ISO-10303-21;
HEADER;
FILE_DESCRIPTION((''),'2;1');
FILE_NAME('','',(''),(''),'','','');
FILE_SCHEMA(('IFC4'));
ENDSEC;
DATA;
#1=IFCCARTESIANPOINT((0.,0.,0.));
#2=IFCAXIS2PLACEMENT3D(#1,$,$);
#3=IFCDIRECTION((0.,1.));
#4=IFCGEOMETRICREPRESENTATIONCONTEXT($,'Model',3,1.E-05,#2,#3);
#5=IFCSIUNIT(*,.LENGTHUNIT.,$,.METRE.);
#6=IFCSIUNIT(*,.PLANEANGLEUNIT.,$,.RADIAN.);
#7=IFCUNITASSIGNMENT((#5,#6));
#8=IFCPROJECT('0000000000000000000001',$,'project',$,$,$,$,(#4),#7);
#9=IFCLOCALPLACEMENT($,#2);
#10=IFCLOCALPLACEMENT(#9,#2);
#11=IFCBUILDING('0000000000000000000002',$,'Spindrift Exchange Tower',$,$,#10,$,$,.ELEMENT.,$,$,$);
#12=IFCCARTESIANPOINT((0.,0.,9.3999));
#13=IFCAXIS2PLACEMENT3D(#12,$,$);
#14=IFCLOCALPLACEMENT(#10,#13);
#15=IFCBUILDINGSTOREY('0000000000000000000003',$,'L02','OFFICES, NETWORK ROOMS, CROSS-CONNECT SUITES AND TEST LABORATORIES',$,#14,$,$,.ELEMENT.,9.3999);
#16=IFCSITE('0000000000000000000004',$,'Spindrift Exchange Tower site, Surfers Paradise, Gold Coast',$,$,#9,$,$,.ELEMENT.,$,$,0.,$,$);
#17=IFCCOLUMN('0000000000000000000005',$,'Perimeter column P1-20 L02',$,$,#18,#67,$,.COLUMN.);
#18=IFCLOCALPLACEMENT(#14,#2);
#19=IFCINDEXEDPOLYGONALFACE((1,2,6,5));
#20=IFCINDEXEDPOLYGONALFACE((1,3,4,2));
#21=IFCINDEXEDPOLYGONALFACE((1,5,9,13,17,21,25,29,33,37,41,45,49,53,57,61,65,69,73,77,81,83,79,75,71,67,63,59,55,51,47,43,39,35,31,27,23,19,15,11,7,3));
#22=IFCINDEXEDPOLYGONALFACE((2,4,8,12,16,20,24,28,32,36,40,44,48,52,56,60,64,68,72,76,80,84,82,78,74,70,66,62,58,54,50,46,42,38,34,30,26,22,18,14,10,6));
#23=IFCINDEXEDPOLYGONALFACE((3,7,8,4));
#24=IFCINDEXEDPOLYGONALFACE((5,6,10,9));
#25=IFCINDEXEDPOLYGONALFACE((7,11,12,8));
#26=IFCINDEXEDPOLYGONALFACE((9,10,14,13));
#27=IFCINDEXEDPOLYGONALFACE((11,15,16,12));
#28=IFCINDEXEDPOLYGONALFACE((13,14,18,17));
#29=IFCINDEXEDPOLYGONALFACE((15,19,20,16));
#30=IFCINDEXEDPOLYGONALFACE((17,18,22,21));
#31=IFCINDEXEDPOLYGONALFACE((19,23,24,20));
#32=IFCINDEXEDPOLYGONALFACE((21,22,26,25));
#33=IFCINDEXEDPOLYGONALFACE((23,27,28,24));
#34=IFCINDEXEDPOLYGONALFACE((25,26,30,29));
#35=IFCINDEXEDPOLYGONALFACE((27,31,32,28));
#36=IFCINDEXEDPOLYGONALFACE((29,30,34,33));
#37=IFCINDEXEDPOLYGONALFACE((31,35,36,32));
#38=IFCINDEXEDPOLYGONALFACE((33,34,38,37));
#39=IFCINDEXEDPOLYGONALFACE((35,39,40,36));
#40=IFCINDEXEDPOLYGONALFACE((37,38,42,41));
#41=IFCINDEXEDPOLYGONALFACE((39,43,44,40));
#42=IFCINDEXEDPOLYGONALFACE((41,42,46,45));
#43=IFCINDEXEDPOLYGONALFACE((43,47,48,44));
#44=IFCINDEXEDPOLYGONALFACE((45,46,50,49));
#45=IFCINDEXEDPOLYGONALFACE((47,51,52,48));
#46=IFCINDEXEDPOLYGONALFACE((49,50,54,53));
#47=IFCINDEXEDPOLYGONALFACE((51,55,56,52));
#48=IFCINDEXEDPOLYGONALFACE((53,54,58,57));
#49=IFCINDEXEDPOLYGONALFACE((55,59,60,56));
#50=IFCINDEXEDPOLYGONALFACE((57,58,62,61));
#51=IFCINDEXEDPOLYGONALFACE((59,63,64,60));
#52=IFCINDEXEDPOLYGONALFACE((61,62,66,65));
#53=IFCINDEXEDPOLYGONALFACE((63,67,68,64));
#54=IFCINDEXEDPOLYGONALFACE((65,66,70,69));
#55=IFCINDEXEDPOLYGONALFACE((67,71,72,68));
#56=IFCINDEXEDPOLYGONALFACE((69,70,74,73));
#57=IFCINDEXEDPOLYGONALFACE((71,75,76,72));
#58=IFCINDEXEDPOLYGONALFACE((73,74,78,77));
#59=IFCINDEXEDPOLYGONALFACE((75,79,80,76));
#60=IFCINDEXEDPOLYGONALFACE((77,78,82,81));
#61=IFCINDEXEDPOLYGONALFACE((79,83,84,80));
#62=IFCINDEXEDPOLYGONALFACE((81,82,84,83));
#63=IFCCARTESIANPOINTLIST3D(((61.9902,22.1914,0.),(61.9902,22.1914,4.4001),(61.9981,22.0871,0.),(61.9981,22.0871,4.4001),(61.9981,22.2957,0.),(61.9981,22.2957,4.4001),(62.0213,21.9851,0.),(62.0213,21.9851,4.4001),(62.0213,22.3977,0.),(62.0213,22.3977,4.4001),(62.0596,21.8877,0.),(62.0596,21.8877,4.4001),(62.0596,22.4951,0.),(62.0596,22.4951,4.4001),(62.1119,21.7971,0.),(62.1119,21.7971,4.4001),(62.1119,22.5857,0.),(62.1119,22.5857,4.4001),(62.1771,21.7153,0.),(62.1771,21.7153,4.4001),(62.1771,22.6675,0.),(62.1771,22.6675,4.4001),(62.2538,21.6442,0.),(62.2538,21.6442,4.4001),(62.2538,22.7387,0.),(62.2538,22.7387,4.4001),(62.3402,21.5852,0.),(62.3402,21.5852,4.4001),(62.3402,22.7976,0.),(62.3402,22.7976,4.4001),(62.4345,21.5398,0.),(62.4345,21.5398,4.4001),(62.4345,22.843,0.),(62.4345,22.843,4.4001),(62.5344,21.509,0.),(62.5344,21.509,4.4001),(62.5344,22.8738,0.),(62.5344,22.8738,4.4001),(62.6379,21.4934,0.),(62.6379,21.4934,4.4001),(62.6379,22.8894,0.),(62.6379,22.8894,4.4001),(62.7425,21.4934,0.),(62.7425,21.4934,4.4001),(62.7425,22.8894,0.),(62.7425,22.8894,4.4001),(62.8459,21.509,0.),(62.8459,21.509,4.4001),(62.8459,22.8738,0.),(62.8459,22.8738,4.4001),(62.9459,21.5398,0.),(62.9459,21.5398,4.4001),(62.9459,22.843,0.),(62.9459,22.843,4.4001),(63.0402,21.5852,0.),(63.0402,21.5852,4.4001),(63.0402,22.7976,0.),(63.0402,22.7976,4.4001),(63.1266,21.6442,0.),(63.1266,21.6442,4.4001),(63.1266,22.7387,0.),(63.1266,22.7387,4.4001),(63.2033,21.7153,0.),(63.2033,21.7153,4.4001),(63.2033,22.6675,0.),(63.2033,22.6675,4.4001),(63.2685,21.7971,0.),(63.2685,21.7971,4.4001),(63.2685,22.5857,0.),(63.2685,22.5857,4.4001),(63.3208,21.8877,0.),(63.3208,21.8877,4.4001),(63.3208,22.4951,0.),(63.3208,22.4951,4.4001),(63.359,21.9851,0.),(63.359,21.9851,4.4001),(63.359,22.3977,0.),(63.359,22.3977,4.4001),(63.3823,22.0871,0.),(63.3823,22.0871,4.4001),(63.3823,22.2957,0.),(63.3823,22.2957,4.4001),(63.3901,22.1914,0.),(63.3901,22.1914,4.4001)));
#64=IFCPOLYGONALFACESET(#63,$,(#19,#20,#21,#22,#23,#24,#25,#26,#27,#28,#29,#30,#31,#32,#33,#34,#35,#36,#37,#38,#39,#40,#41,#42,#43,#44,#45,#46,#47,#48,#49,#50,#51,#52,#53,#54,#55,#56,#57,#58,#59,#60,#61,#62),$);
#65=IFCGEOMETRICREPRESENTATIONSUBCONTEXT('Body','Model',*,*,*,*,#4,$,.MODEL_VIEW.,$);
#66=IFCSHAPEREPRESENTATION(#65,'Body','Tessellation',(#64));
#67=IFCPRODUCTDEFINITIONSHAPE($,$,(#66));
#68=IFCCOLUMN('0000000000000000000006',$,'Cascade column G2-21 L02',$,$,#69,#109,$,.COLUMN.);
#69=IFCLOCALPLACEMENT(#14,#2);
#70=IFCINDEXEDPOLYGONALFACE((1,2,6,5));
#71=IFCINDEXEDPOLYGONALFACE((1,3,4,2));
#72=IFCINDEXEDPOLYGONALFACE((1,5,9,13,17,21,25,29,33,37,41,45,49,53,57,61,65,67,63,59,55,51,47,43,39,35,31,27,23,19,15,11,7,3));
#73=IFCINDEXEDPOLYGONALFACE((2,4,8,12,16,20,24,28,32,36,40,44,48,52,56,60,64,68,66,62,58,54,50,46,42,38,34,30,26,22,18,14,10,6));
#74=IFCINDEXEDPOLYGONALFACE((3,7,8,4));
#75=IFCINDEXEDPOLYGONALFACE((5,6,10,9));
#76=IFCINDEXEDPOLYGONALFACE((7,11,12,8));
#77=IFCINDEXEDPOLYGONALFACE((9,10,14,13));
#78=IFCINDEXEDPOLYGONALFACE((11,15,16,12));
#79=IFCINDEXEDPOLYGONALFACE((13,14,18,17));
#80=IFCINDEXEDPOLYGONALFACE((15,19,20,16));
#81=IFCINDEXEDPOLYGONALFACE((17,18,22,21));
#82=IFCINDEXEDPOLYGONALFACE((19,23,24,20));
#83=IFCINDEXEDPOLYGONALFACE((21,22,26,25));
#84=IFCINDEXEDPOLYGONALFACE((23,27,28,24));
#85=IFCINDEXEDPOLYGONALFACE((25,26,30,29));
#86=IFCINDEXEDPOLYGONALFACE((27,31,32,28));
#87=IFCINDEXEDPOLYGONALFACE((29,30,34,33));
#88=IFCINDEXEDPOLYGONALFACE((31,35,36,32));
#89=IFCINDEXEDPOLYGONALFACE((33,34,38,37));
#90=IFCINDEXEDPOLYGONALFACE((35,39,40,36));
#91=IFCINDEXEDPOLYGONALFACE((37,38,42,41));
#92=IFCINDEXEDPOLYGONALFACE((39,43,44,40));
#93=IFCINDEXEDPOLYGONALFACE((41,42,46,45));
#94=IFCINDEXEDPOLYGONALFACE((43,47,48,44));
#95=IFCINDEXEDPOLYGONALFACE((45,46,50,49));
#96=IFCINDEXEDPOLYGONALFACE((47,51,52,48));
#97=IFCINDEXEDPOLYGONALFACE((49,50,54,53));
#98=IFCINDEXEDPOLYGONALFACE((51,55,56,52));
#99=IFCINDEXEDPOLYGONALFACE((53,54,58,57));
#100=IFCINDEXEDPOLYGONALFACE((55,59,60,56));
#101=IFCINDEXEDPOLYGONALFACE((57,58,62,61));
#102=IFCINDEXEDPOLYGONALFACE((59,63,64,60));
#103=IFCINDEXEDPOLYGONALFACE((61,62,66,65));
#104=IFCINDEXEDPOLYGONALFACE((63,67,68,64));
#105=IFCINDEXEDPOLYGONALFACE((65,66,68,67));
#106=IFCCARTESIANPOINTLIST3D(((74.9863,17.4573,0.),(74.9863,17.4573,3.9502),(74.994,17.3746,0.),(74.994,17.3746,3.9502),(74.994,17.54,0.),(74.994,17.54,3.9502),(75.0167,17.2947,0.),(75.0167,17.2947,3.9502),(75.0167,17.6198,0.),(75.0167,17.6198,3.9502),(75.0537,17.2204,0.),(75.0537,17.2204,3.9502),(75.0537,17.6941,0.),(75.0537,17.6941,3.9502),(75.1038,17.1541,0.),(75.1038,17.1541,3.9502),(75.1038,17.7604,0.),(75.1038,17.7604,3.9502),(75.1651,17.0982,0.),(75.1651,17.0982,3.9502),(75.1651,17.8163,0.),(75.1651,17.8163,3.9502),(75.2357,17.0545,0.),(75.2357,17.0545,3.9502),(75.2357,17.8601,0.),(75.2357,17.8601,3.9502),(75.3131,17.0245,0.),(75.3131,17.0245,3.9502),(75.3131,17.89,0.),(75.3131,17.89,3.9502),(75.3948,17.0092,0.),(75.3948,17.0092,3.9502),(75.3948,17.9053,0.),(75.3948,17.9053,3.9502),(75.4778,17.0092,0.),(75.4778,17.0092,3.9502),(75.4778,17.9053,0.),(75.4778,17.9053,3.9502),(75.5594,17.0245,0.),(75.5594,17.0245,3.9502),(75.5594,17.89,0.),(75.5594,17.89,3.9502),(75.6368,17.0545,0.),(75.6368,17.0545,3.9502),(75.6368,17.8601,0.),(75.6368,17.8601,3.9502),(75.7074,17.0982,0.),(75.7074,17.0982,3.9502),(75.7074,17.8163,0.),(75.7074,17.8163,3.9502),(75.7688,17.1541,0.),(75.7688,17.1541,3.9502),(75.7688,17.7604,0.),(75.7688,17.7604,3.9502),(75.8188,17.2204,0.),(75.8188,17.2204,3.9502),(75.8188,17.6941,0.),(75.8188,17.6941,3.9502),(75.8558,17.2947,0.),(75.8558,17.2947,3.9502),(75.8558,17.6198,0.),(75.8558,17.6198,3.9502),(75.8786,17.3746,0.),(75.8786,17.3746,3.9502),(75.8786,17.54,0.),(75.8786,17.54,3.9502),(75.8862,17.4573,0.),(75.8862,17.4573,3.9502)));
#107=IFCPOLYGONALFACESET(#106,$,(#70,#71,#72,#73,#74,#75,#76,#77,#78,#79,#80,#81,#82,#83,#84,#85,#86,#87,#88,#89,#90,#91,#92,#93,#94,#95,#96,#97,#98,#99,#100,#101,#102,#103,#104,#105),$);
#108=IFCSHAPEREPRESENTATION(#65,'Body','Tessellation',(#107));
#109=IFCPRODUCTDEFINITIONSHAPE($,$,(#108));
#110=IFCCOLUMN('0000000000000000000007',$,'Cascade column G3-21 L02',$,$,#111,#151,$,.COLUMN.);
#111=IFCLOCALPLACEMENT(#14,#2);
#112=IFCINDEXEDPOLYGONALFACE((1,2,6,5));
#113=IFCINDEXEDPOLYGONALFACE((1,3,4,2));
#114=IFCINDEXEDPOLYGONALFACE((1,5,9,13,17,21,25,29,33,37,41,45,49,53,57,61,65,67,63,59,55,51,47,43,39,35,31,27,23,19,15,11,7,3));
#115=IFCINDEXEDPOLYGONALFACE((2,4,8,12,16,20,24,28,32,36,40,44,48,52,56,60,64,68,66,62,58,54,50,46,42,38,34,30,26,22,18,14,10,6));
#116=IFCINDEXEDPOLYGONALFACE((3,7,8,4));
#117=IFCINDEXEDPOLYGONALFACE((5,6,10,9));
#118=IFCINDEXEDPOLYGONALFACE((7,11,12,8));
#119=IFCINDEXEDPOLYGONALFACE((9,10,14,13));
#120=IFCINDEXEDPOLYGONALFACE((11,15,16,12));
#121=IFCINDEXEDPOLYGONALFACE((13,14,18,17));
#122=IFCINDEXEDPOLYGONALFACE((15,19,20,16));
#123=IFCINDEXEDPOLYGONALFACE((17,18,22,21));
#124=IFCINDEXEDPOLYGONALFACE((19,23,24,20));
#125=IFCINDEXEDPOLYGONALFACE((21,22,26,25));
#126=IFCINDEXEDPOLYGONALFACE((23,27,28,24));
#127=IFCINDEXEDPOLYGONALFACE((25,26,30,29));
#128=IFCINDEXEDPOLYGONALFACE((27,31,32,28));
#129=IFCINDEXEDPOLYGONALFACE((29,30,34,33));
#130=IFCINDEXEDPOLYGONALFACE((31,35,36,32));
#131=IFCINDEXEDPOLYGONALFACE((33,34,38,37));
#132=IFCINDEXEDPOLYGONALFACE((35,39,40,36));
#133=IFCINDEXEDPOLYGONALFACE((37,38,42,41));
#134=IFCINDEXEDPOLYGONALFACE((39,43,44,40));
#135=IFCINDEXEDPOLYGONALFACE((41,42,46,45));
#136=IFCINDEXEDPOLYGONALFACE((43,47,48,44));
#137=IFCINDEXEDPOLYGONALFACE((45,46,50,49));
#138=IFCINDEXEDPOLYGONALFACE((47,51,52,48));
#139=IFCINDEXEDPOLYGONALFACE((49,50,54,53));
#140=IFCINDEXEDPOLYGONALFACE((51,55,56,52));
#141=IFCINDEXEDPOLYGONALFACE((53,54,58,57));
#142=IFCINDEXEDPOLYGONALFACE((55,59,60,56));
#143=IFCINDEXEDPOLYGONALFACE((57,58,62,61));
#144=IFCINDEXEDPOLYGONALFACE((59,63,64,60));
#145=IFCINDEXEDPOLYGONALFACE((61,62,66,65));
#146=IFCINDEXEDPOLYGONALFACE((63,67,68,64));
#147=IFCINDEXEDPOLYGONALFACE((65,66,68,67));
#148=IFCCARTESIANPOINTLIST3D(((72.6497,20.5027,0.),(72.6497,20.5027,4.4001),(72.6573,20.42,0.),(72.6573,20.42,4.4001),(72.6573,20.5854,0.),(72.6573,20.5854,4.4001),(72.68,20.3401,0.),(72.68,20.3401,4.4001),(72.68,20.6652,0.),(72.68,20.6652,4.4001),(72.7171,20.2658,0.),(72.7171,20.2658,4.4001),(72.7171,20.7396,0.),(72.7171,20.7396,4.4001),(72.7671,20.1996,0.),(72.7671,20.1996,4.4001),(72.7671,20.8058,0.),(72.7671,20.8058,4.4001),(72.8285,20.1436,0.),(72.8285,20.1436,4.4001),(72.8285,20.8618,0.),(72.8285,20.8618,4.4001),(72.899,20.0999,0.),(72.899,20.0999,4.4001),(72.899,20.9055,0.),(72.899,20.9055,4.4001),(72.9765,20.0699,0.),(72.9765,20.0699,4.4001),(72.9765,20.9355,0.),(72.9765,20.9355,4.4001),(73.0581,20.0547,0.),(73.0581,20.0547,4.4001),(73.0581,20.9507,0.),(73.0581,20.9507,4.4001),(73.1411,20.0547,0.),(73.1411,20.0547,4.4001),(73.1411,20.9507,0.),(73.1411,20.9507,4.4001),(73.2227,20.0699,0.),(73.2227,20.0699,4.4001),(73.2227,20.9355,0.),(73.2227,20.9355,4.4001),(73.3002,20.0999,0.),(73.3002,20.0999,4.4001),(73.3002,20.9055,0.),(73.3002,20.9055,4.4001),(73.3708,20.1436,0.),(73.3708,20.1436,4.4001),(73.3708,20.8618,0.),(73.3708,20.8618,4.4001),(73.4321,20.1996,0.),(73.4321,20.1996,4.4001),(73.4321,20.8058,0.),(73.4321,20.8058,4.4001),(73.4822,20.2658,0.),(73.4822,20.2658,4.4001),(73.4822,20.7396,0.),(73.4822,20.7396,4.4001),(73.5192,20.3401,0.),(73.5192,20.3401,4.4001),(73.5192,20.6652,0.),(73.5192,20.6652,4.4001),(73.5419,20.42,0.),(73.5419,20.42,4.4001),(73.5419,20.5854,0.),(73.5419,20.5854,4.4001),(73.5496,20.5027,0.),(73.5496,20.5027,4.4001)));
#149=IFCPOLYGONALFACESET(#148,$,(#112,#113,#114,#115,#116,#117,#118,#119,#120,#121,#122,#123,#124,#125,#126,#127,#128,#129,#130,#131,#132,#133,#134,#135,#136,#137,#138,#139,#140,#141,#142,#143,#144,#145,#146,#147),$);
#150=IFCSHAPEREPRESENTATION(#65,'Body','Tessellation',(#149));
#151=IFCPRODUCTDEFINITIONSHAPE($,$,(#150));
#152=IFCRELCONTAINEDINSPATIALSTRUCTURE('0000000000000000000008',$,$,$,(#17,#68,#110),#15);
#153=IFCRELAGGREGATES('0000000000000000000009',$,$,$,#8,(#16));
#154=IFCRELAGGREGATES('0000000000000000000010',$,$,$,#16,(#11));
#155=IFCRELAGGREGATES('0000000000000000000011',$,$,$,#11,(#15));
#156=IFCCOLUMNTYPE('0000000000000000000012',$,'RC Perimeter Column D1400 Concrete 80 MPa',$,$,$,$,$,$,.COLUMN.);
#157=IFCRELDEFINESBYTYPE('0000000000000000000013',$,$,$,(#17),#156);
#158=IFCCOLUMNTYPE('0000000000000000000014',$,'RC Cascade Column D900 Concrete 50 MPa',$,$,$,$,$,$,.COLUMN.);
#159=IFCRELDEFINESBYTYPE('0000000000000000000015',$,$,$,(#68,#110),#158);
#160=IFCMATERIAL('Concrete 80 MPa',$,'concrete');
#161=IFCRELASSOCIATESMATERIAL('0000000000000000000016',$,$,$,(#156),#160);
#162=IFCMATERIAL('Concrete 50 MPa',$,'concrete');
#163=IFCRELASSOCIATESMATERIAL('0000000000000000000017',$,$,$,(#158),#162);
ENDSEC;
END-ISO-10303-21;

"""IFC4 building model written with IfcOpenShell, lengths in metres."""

from ifc_helpers import new_model, si_unit, direction, frame, origin, origin_2d, place, context, subcontext, project, spatial, circle, extrude, source, transform, mapped, material, material_profile, profile_set, type_object, element, save


model = new_model("IFC4")

# Units and contexts
model_context = context("Model", 3, precision=1e-05, world=origin(), true_north=direction((0.0, 1.0)))
body_context = subcontext(model_context, "Body", "Model", "MODEL_VIEW")
ifc_project = project(units=[si_unit("LENGTHUNIT", "METRE"), si_unit("PLANEANGLEUNIT", "RADIAN")], contexts=[model_context])

# Site, building, storey
site_placement = place(None, origin())
site = spatial("IfcSite", under=ifc_project, at=site_placement, Name="Spindrift Exchange Tower site, Surfers Paradise, Gold Coast", CompositionType="ELEMENT", RefElevation=0.0)
building_placement = place(site_placement, origin())
building = spatial("IfcBuilding", under=site, at=building_placement, Name="Spindrift Exchange Tower", CompositionType="ELEMENT")
storey_placement = place(building_placement, frame((0.0, 0.0, 9.3999)))
storey = spatial("IfcBuildingStorey", under=building, at=storey_placement, Name="L02", Description="OFFICES, NETWORK ROOMS, CROSS-CONNECT SUITES AND TEST LABORATORIES", CompositionType="ELEMENT", Elevation=9.3999)

# Columns
ifc_material_1 = material(Name="Concrete 80 MPa", Category="concrete")
ifc_material_profile_1 = material_profile(ifc_material_1, circle(Radius=0.7, at=origin_2d()), Name="RC D1400")
ifc_profile_set_1 = profile_set([ifc_material_profile_1], Name="Concrete 80 MPa")
column_type_1 = type_object("IfcColumnType", Name="RC Perimeter Column D1400 Concrete 80 MPa", PredefinedType="COLUMN", material=ifc_profile_set_1)
shared_shape_1 = source(origin(), body_context, "Body", "SweptSolid", [
    extrude(circle(Radius=0.7, at=origin_2d()), origin(), (0.0, 0.0, 1.0), 4.4001),
])
column_1_placement = place(storey_placement, frame((62.6902, 22.1914, 0.0), z_axis=(0.0, 0.0, 1.0), x_axis=(1.0, 0.0, 0.0)))
element("IfcColumn", 1, at=column_1_placement, inside=storey, type_object=column_type_1, Name="Perimeter column P1-20 L02", PredefinedType="COLUMN", context=body_context, shape_type="MappedRepresentation", body=[
    mapped(shared_shape_1, transform((0.0, 0.0, 0.0), scale=1.0)),
])
ifc_material_2 = material(Name="Concrete 50 MPa", Category="concrete")
ifc_material_profile_2 = material_profile(ifc_material_2, circle(Radius=0.45, at=origin_2d()), Name="RC D900")
ifc_profile_set_2 = profile_set([ifc_material_profile_2], Name="Concrete 50 MPa")
column_type_2 = type_object("IfcColumnType", Name="RC Cascade Column D900 Concrete 50 MPa", PredefinedType="COLUMN", material=ifc_profile_set_2)
shared_shape_2 = source(origin(), body_context, "Body", "SweptSolid", [
    extrude(circle(Radius=0.45, at=origin_2d()), origin(), (0.0, 0.0, 1.0), 3.9502),
])
column_2_placement = place(storey_placement, frame((75.4363, 17.4573, 0.0), z_axis=(0.0, 0.0, 1.0), x_axis=(1.0, 0.0, 0.0)))
element("IfcColumn", 2, at=column_2_placement, inside=storey, type_object=column_type_2, Name="Cascade column G2-21 L02", PredefinedType="COLUMN", context=body_context, shape_type="MappedRepresentation", body=[
    mapped(shared_shape_2, transform((0.0, 0.0, 0.0), scale=1.0)),
])
shared_shape_3 = source(origin(), body_context, "Body", "SweptSolid", [
    extrude(circle(Radius=0.45, at=origin_2d()), origin(), (0.0, 0.0, 1.0), 4.4001),
])
column_3_placement = place(storey_placement, frame((73.0996, 20.5027, 0.0), z_axis=(0.0, 0.0, 1.0), x_axis=(1.0, 0.0, 0.0)))
element("IfcColumn", 3, at=column_3_placement, inside=storey, type_object=column_type_2, Name="Cascade column G3-21 L02", PredefinedType="COLUMN", context=body_context, shape_type="MappedRepresentation", body=[
    mapped(shared_shape_3, transform((0.0, 0.0, 0.0), scale=1.0)),
])

save(model, "model.ifc")
